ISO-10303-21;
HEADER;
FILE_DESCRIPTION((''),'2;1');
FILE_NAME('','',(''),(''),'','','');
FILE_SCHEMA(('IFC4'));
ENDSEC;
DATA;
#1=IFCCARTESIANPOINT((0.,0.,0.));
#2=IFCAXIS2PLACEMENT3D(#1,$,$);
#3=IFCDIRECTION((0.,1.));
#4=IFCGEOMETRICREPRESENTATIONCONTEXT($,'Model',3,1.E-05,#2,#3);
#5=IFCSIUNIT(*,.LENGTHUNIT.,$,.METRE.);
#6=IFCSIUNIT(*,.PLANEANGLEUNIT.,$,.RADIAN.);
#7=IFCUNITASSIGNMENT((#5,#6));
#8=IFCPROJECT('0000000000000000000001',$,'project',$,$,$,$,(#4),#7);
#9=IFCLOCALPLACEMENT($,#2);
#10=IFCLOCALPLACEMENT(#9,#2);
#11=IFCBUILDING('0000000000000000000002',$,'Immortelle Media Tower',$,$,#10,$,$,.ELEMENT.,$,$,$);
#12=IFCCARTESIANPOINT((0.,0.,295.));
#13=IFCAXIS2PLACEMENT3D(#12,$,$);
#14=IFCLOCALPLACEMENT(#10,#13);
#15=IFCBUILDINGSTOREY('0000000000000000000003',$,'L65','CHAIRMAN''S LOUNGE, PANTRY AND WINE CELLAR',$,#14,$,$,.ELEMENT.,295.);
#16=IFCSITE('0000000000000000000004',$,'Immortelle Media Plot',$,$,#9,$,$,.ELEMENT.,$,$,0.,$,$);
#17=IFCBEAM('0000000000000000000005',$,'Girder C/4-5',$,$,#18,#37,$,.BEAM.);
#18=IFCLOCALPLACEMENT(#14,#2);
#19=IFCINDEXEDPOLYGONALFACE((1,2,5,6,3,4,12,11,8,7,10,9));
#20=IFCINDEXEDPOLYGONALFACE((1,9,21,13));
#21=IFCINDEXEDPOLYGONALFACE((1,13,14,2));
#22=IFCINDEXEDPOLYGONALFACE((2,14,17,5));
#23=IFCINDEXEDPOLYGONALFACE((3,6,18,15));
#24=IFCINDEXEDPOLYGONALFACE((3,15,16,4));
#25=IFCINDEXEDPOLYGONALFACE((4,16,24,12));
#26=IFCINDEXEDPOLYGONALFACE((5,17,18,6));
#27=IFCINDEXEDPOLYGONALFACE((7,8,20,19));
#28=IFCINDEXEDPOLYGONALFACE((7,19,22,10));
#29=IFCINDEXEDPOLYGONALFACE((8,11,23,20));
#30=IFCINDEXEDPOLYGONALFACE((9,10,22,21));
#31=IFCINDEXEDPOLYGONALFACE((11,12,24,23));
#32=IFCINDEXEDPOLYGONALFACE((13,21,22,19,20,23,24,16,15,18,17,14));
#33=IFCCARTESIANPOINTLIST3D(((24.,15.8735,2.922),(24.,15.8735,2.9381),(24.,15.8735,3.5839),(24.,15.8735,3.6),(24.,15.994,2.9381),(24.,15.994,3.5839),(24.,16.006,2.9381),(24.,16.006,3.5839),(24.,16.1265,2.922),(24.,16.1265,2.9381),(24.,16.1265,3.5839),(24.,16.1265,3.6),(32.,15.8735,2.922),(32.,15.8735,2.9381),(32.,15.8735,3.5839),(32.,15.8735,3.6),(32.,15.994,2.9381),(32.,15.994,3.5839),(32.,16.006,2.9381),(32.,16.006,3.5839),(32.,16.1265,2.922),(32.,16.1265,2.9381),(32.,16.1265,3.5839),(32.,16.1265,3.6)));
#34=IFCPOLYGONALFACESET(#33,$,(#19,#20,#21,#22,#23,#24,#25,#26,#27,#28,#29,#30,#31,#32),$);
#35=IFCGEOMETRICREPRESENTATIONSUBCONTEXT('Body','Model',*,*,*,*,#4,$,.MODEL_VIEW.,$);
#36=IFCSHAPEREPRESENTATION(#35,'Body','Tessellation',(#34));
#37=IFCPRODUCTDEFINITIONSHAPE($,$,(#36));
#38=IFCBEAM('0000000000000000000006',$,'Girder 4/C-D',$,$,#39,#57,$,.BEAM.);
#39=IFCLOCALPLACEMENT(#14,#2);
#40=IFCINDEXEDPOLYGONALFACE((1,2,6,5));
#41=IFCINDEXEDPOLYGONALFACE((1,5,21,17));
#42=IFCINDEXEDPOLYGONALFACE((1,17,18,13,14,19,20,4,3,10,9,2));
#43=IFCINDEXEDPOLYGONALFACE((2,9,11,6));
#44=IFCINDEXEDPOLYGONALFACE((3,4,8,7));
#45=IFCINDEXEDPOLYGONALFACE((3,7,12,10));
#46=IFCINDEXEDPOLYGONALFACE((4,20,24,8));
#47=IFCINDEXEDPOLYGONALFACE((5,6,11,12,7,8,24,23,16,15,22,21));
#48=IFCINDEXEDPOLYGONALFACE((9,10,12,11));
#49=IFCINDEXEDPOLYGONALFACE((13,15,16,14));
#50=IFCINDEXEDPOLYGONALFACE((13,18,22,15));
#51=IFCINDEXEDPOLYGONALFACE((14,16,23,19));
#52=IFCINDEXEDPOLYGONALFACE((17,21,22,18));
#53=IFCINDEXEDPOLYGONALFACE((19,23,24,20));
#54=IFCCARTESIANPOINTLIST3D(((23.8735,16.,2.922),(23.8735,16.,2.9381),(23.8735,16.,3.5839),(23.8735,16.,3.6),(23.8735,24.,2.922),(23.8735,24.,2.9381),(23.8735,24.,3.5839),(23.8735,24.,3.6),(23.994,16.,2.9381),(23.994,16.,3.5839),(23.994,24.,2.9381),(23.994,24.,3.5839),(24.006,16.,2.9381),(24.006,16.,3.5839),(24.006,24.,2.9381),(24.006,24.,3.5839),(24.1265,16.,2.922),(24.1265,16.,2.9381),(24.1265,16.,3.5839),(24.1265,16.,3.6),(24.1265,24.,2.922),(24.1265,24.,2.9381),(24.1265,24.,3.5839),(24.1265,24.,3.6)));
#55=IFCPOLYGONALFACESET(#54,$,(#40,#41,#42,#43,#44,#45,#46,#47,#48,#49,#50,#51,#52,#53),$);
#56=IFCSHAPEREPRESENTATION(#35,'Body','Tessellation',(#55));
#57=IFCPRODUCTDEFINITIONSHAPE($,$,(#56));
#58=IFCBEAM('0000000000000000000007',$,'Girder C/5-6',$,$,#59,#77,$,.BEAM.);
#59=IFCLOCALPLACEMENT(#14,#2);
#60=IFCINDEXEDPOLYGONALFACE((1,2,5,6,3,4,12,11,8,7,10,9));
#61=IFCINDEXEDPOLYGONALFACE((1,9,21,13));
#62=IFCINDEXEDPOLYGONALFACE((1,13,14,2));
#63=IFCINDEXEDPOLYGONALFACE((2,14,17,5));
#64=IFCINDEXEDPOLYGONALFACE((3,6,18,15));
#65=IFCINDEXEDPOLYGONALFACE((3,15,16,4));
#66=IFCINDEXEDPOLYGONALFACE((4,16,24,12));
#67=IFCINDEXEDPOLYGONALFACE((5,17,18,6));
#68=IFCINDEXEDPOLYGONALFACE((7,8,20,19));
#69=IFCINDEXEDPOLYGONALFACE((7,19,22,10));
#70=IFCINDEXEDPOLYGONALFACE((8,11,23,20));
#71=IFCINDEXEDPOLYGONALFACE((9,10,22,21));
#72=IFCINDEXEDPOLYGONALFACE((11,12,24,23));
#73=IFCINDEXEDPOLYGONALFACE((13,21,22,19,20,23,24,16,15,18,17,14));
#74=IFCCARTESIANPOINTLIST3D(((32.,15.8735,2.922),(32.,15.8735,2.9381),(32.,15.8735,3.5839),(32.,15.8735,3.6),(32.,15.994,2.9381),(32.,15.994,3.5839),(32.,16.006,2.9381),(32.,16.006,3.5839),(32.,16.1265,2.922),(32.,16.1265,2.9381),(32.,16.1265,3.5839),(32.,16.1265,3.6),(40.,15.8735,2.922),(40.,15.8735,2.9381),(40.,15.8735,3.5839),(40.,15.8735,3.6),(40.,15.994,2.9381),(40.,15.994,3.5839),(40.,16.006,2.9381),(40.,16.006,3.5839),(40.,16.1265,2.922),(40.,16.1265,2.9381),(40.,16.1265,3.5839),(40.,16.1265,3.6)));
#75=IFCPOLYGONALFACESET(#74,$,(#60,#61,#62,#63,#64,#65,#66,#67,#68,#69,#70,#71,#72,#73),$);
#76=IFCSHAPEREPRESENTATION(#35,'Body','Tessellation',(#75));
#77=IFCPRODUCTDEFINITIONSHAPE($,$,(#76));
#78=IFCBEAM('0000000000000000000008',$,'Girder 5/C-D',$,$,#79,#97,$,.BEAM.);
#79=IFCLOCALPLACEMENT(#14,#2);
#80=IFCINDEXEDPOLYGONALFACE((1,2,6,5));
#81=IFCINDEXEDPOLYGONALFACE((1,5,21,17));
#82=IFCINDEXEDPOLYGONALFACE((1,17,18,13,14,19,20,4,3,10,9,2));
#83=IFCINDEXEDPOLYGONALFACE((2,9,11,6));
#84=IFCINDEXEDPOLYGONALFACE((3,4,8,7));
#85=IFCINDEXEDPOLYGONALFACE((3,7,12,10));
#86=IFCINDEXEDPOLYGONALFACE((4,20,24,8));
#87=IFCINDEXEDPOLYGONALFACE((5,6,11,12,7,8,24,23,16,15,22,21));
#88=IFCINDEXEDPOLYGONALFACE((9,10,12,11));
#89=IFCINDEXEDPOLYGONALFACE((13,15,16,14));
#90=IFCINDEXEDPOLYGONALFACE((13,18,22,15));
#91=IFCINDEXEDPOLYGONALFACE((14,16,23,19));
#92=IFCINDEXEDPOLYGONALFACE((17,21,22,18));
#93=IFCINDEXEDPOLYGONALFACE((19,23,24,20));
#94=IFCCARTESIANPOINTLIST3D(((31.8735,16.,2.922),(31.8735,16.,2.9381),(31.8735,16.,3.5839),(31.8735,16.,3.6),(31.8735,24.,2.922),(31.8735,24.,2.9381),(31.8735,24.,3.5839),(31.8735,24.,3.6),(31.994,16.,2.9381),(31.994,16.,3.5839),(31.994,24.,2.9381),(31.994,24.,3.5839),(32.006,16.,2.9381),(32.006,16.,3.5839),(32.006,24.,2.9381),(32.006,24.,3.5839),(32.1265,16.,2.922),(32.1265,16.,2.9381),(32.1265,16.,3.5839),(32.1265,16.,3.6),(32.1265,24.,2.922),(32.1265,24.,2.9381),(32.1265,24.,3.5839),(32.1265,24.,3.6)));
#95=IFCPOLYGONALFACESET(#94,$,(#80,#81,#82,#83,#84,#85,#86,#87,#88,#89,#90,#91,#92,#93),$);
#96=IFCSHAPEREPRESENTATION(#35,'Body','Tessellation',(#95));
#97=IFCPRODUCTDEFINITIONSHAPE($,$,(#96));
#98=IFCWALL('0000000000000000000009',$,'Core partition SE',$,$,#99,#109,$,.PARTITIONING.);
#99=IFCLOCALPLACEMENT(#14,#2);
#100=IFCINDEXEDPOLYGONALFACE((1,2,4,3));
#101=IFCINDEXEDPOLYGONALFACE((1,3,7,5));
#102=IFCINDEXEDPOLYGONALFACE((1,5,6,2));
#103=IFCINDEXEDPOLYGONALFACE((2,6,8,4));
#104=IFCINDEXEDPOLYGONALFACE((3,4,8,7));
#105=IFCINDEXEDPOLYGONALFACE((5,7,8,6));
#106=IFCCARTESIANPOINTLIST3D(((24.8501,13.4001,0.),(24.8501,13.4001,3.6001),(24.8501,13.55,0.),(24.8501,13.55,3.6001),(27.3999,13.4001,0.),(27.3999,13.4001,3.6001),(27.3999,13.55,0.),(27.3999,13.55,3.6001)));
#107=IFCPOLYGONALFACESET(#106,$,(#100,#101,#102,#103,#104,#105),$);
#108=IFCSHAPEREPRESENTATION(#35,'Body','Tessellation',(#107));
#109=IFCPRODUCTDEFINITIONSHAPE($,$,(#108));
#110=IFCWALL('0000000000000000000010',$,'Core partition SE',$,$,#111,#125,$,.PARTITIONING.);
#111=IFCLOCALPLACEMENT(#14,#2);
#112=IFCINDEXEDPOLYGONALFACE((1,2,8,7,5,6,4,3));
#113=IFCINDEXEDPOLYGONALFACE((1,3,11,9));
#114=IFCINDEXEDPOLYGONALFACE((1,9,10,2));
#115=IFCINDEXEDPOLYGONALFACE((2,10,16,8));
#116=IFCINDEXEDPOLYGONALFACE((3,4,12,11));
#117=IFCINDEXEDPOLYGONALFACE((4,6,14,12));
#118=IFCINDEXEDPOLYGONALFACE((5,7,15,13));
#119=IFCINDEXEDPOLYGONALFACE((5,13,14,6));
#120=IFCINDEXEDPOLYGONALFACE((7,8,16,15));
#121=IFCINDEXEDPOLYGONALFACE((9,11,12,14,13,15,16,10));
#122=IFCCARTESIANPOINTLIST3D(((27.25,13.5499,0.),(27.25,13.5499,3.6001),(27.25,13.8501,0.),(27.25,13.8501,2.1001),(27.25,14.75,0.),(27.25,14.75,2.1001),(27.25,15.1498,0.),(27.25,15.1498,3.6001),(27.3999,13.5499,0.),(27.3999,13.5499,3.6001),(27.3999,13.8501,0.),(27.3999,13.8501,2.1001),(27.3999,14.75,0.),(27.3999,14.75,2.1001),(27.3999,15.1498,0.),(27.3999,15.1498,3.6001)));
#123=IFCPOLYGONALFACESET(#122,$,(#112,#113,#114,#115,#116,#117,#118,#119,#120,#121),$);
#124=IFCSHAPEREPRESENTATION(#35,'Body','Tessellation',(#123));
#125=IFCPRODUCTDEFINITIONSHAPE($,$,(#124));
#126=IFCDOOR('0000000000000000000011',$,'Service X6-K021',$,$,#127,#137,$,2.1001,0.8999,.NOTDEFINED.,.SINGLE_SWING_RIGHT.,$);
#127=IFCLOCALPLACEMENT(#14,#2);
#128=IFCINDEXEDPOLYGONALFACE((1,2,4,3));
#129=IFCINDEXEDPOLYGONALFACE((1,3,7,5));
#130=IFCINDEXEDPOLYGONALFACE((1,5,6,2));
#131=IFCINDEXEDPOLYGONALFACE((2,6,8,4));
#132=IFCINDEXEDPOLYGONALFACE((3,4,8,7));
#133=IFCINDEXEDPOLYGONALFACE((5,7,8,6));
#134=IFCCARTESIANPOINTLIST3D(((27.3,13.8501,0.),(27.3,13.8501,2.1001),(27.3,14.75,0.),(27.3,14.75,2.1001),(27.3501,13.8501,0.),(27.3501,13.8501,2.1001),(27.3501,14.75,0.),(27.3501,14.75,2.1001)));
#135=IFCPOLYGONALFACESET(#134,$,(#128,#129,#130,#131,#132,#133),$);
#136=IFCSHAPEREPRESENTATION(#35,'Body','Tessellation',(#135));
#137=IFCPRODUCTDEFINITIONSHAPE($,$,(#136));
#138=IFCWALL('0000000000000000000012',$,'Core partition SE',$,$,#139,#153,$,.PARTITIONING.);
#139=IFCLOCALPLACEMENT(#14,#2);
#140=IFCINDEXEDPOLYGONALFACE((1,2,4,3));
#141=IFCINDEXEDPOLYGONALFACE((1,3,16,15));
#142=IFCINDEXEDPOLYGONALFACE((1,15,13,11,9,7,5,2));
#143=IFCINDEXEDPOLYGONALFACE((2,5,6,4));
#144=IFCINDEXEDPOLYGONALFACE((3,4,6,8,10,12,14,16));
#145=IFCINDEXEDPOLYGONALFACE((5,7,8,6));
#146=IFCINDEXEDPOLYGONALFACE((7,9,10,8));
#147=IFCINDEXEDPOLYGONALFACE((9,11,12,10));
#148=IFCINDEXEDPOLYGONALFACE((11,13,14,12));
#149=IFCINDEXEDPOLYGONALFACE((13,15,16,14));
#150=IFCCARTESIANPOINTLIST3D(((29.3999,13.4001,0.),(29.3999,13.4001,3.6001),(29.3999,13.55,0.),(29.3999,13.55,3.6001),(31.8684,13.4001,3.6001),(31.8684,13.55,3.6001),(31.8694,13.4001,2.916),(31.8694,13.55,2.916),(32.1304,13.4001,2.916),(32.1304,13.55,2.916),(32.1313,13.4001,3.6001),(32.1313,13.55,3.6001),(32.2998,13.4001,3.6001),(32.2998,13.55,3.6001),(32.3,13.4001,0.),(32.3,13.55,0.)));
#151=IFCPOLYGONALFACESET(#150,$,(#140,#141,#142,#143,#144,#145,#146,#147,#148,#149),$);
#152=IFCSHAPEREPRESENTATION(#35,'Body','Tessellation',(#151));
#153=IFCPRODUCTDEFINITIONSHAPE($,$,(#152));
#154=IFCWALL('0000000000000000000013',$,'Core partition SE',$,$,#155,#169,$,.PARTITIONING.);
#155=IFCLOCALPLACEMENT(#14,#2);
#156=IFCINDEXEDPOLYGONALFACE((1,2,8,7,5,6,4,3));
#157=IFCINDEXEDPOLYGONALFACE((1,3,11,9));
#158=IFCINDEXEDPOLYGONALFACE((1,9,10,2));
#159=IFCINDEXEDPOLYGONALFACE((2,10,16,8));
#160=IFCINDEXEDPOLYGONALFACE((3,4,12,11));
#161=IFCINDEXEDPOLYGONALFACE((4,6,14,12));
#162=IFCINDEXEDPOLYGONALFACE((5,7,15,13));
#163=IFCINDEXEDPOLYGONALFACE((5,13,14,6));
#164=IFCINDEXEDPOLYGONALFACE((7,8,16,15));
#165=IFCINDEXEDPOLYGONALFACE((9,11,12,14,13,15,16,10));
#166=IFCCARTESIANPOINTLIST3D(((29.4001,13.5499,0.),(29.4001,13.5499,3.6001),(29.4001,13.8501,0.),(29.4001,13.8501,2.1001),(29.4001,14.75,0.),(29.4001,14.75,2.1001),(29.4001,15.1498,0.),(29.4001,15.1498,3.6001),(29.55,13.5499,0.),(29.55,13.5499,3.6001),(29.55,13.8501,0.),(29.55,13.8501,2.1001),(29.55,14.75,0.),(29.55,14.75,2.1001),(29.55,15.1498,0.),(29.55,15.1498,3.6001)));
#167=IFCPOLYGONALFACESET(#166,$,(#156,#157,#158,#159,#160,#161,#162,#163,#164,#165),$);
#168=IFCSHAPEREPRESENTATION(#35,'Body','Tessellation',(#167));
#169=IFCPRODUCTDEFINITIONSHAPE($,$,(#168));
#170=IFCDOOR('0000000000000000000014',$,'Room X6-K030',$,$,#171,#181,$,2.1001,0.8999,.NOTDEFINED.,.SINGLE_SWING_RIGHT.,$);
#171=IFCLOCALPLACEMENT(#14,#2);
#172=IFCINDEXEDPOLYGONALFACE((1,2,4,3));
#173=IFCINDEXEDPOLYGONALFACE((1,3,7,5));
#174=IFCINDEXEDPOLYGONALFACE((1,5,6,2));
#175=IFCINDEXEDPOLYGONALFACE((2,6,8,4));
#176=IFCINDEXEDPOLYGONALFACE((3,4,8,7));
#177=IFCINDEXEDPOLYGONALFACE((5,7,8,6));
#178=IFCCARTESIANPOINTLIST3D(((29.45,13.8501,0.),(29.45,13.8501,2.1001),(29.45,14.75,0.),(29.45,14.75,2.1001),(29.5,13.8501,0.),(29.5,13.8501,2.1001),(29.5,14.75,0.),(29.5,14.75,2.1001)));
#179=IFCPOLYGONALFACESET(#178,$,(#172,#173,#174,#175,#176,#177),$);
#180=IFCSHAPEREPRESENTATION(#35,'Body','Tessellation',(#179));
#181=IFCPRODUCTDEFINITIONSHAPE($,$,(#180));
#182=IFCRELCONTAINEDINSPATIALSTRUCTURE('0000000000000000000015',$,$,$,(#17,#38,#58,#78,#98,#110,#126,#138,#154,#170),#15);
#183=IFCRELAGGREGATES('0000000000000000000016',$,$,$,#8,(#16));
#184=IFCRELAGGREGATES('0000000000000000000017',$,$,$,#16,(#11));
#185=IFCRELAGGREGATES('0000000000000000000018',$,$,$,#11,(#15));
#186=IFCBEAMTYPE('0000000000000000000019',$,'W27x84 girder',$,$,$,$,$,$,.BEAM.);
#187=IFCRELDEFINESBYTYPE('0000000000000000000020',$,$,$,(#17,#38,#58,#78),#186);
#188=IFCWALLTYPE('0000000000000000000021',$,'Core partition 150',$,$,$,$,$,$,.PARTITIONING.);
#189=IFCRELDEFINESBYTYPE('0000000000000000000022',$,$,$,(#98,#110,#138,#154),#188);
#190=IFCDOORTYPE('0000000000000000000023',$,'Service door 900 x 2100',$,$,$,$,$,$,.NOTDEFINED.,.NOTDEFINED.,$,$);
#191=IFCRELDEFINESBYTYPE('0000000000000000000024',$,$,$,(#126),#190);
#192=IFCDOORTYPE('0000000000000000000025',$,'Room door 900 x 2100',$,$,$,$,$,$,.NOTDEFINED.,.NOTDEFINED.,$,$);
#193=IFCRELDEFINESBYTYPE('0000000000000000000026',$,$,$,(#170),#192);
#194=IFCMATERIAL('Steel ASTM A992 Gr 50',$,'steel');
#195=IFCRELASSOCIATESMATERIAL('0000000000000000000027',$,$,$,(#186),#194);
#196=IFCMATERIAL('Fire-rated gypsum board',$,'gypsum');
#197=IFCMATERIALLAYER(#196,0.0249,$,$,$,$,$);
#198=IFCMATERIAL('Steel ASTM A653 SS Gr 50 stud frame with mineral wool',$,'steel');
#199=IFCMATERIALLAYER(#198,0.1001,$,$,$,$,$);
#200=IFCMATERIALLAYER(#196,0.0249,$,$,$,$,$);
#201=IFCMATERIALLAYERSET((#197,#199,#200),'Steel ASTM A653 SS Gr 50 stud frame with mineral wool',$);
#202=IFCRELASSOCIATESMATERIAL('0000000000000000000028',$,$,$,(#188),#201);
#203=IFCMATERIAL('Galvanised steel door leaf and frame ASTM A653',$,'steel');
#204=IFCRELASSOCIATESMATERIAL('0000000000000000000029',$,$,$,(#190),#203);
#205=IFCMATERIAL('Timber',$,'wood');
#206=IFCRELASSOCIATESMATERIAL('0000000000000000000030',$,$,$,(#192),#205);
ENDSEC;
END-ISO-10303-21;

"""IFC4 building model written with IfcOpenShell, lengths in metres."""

from ifc_helpers import new_model, si_unit, direction, frame, frame_2d, origin, origin_2d, place, context, subcontext, project, spatial, polyline, rectangle, i_section, outline, extrude, material, layer, layer_set, material_profile, profile_set, type_object, element, fill, save


model = new_model("IFC4")

# Units and contexts
model_context = context("Model", 3, precision=1e-05, world=origin(), true_north=direction((0.0, 1.0)))
body_context = subcontext(model_context, "Body", "Model", "MODEL_VIEW")
ifc_project = project(units=[si_unit("LENGTHUNIT", "METRE"), si_unit("PLANEANGLEUNIT", "RADIAN")], contexts=[model_context])

# Site, building, storey
site_placement = place(None, origin())
site = spatial("IfcSite", under=ifc_project, at=site_placement, Name="Immortelle Media Plot", CompositionType="ELEMENT", RefElevation=0.0)
building_placement = place(site_placement, origin())
building = spatial("IfcBuilding", under=site, at=building_placement, Name="Immortelle Media Tower", CompositionType="ELEMENT")
storey_placement = place(building_placement, frame((0.0, 0.0, 295.0)))
storey = spatial("IfcBuildingStorey", under=building, at=storey_placement, Name="L65", Description="CHAIRMAN'S LOUNGE, PANTRY AND WINE CELLAR", CompositionType="ELEMENT", Elevation=295.0)

# Shared definitions
ifc_material_1 = material(Name="Steel ASTM A992 Gr 50", Category="steel")

# Beams
ifc_material_profile_1 = material_profile(ifc_material_1, i_section(OverallWidth=0.2529, OverallDepth=0.678, WebThickness=0.012, FlangeThickness=0.0161, at=origin_2d()), Name="W27x84")
ifc_profile_set_1 = profile_set([ifc_material_profile_1], Name="Steel ASTM A992 Gr 50")
beam_type_1 = type_object("IfcBeamType", Name="W27x84 girder", PredefinedType="BEAM", material=ifc_profile_set_1)
for number, where, z_axis, x_axis, name in (
    (1, (24.0, 16.0, 3.261), (1.0, 0.0, 0.0), (0.0, 1.0, 0.0), "Girder C/4-5"),
    (2, (24.0, 16.0, 3.261), (0.0, 1.0, 0.0), (-1.0, 0.0, 0.0), "Girder 4/C-D"),
    (3, (32.0, 16.0, 3.261), (1.0, 0.0, 0.0), (0.0, 1.0, 0.0), "Girder C/5-6"),
    (4, (32.0, 16.0, 3.261), (0.0, 1.0, 0.0), (-1.0, 0.0, 0.0), "Girder 5/C-D"),
):
    element("IfcBeam", number, at=place(storey_placement, frame(where, z_axis=z_axis, x_axis=x_axis)), inside=storey, type_object=beam_type_1, Name=name, PredefinedType="BEAM", context=body_context, shape_type="SweptSolid", body=[
        extrude(i_section(OverallWidth=0.2529, OverallDepth=0.678, WebThickness=0.012, FlangeThickness=0.0161, at=origin_2d()), origin(), (0.0, 0.0, 1.0), 8.0),
    ])

# Wall
ifc_material_2 = material(Name="Fire-rated gypsum board", Category="gypsum")
ifc_layer_1 = layer(ifc_material_2, 0.0249)
ifc_material_3 = material(Name="Steel ASTM A653 SS Gr 50 stud frame with mineral wool", Category="steel")
ifc_layer_2 = layer(ifc_material_3, 0.1001)
ifc_layer_3 = layer(ifc_material_2, 0.0249)
ifc_layer_set_1 = layer_set([ifc_layer_1, ifc_layer_2, ifc_layer_3], Name="Steel ASTM A653 SS Gr 50 stud frame with mineral wool")
wall_type_1 = type_object("IfcWallType", Name="Core partition 150", PredefinedType="PARTITIONING", material=ifc_layer_set_1)
wall_1_placement = place(storey_placement, frame((24.8501, 13.4751, 0.0), z_axis=(0.0, 0.0, 1.0), x_axis=(1.0, 0.0, 0.0)))
element("IfcWall", 5, at=wall_1_placement, inside=storey, type_object=wall_type_1, Name="Core partition SE", PredefinedType="PARTITIONING", context=body_context, shape_type="SweptSolid", body=[
    extrude(rectangle(XDim=2.5498, YDim=0.1499, at=frame_2d((1.2749, 0.0))), origin(), (0.0, 0.0, 1.0), 3.6001),
])

# Wall, opening, door
wall_2_placement = place(storey_placement, frame((27.325, 13.55, 0.0), z_axis=(0.0, 0.0, 1.0), x_axis=(0.0, 1.0, 0.0)))
wall_2 = element("IfcWall", 6, at=wall_2_placement, inside=storey, type_object=wall_type_1, Name="Core partition SE", PredefinedType="PARTITIONING", context=body_context, shape_type="SweptSolid", body=[
    extrude(rectangle(XDim=1.5999, YDim=0.1499, at=frame_2d((0.7998, 0.0))), origin(), (0.0, 0.0, 1.0), 3.6001),
])
opening_1_placement = place(wall_2_placement, frame((0.3, 0.0, 0.0)))
opening_1 = element("IfcOpeningElement", 7, at=opening_1_placement, cuts=wall_2, PredefinedType="OPENING", context=body_context, shape_type="SweptSolid", body=[
    extrude(rectangle(XDim=0.8999, YDim=2.1001, at=frame_2d((0.45, 1.05))), frame((0.0, 0.085, 0.0), z_axis=(0.0, -1.0, 0.0), x_axis=(1.0, 0.0, 0.0)), (0.0, 0.0, 1.0), 0.1699),
])
ifc_material_4 = material(Name="Galvanised steel door leaf and frame ASTM A653", Category="steel")
door_type_1 = type_object("IfcDoorType", Name="Service door 900 x 2100", OperationType="NOTDEFINED", PredefinedType="NOTDEFINED", material=ifc_material_4)
door_1_placement = place(opening_1_placement, origin())
door_1 = element("IfcDoor", 8, at=door_1_placement, inside=storey, type_object=door_type_1, Name="Service X6-K021", OperationType="SINGLE_SWING_RIGHT", OverallHeight=2.1001, OverallWidth=0.8999, PredefinedType="NOTDEFINED", context=body_context, shape_type="SweptSolid", body=[
    extrude(rectangle(XDim=0.8999, YDim=2.1001, at=frame_2d((0.45, 1.05))), frame((0.0, 0.0249, 0.0), z_axis=(0.0, -1.0, 0.0), x_axis=(1.0, 0.0, 0.0)), (0.0, 0.0, 1.0), 0.05),
])
fill(opening_1, door_1)

# Wall
wall_3_placement = place(storey_placement, frame((29.3999, 13.4751, 0.0), z_axis=(0.0, 0.0, 1.0), x_axis=(1.0, 0.0, 0.0)))
element("IfcWall", 9, at=wall_3_placement, inside=storey, type_object=wall_type_1, Name="Core partition SE", PredefinedType="PARTITIONING", context=body_context, shape_type="SweptSolid", body=[
    extrude(outline(polyline([(0.0, 0.0), (2.9001, 0.0), (2.8999, 3.6001), (2.7314, 3.6001), (2.7305, 2.916), (2.4695, 2.916), (2.4685, 3.6001), (0.0, 3.6001), (0.0, 0.0)])), frame((0.0, 0.075, 0.0), z_axis=(0.0, -1.0, 0.0), x_axis=(1.0, 0.0, 0.0)), (0.0, 0.0, 1.0), 0.1499),
])

# Wall, opening, door
wall_4_placement = place(storey_placement, frame((29.4751, 13.55, 0.0), z_axis=(0.0, 0.0, 1.0), x_axis=(0.0, 1.0, 0.0)))
wall_4 = element("IfcWall", 10, at=wall_4_placement, inside=storey, type_object=wall_type_1, Name="Core partition SE", PredefinedType="PARTITIONING", context=body_context, shape_type="SweptSolid", body=[
    extrude(rectangle(XDim=1.5999, YDim=0.1499, at=frame_2d((0.7998, 0.0))), origin(), (0.0, 0.0, 1.0), 3.6001),
])
opening_2_placement = place(wall_4_placement, frame((1.2, 0.0, 0.0), z_axis=(0.0, 0.0, 1.0), x_axis=(-1.0, 0.0, 0.0)))
opening_2 = element("IfcOpeningElement", 11, at=opening_2_placement, cuts=wall_4, PredefinedType="OPENING", context=body_context, shape_type="SweptSolid", body=[
    extrude(rectangle(XDim=0.8999, YDim=2.1001, at=frame_2d((0.45, 1.05))), frame((0.0, 0.085, 0.0), z_axis=(0.0, -1.0, 0.0), x_axis=(1.0, 0.0, 0.0)), (0.0, 0.0, 1.0), 0.1699),
])
ifc_material_5 = material(Name="Timber", Category="wood")
door_type_2 = type_object("IfcDoorType", Name="Room door 900 x 2100", OperationType="NOTDEFINED", PredefinedType="NOTDEFINED", material=ifc_material_5)
door_2_placement = place(opening_2_placement, origin())
door_2 = element("IfcDoor", 12, at=door_2_placement, inside=storey, type_object=door_type_2, Name="Room X6-K030", OperationType="SINGLE_SWING_RIGHT", OverallHeight=2.1001, OverallWidth=0.8999, PredefinedType="NOTDEFINED", context=body_context, shape_type="SweptSolid", body=[
    extrude(rectangle(XDim=0.8999, YDim=2.1001, at=frame_2d((0.45, 1.05))), frame((0.0, 0.0249, 0.0), z_axis=(0.0, -1.0, 0.0), x_axis=(1.0, 0.0, 0.0)), (0.0, 0.0, 1.0), 0.05),
])
fill(opening_2, door_2)

save(model, "model.ifc")
